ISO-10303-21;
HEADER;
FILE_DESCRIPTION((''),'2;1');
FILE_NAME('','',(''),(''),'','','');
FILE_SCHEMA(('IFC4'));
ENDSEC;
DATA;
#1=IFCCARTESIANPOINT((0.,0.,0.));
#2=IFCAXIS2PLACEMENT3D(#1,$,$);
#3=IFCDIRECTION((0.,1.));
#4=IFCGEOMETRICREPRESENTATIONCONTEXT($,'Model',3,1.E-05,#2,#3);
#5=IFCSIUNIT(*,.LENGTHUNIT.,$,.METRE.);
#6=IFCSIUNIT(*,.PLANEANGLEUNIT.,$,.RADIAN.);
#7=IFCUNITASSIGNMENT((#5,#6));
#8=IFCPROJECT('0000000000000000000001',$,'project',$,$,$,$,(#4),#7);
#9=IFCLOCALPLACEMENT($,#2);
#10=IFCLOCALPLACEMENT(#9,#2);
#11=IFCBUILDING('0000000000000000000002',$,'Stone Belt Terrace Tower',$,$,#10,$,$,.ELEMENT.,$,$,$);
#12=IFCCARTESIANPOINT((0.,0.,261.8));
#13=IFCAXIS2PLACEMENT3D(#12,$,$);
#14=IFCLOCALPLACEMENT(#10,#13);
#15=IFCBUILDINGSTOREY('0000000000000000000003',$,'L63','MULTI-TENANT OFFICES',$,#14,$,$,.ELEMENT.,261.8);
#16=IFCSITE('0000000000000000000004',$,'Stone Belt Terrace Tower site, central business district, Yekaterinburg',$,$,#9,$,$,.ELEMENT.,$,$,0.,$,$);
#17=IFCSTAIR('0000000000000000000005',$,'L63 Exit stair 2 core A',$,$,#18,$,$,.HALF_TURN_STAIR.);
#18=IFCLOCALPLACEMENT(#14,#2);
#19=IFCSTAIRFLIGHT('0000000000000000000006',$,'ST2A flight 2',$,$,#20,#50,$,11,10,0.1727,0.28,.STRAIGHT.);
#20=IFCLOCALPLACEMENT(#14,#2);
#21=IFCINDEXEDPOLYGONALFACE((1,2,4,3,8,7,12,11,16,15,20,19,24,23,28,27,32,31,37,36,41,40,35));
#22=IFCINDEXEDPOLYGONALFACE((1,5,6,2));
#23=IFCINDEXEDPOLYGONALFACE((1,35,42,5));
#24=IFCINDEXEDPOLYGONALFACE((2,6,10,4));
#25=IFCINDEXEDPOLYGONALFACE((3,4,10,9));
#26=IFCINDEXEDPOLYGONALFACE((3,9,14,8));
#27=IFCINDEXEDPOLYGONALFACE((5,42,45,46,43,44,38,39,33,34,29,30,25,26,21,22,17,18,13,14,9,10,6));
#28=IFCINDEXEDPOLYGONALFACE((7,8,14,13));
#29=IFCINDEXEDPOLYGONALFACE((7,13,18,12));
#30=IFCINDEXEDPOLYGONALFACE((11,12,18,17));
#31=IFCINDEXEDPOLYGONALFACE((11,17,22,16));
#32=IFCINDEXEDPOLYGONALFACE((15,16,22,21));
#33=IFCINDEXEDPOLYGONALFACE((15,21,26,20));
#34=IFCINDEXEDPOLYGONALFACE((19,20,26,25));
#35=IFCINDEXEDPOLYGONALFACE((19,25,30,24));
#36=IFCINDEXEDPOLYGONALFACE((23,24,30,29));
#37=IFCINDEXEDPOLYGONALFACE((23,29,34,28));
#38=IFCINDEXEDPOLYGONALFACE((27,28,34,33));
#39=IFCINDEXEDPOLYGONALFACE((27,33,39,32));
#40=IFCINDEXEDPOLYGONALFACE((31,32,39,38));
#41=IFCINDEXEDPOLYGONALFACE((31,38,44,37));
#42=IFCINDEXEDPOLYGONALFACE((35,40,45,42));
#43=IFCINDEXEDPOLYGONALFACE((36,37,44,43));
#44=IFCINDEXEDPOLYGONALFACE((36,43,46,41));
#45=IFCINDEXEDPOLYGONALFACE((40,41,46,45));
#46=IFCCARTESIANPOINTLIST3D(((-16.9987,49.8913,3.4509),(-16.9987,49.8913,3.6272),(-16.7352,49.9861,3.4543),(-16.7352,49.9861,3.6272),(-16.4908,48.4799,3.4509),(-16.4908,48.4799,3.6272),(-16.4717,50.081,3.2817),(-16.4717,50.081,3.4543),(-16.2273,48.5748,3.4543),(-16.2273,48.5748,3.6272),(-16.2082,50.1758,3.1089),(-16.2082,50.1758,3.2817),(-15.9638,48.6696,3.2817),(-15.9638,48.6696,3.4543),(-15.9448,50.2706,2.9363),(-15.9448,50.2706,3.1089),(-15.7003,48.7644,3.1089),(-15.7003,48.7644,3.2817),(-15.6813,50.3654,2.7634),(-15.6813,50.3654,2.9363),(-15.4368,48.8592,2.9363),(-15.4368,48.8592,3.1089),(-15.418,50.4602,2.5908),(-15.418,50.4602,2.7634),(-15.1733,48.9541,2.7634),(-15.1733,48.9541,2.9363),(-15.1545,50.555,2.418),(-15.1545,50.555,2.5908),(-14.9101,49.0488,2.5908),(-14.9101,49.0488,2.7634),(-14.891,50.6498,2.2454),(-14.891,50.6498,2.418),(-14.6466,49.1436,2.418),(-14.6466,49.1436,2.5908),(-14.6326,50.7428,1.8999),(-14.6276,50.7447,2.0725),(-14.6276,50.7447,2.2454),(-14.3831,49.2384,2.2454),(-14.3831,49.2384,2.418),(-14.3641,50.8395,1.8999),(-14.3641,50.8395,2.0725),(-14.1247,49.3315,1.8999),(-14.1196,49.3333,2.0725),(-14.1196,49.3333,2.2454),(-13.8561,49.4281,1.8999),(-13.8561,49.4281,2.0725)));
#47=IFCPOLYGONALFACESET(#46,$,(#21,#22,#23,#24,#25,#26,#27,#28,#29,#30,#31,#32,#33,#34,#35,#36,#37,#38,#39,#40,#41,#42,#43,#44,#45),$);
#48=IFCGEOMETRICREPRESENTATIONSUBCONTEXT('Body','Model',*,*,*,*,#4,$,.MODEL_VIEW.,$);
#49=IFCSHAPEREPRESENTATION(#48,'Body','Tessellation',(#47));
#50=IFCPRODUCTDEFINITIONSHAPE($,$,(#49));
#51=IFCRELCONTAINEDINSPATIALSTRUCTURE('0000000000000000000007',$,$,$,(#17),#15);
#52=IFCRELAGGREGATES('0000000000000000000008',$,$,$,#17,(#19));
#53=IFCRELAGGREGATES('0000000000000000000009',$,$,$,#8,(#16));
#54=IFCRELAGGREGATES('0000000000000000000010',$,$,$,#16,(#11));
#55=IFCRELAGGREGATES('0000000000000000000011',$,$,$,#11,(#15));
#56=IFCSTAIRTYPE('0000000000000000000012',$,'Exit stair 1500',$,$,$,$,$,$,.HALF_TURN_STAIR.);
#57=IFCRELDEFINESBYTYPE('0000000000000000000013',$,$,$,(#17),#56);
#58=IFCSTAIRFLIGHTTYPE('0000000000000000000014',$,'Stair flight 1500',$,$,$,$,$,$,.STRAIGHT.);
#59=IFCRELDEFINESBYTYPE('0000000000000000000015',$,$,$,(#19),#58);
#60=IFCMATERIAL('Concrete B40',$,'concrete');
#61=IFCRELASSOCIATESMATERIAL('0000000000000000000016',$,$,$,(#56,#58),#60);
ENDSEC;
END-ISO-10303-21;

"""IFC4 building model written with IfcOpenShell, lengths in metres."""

from ifc_helpers import new_model, si_unit, direction, frame, origin, place, context, subcontext, project, spatial, polyline, outline, extrude, material, type_object, element, aggregate, save


model = new_model("IFC4")

# Units and contexts
model_context = context("Model", 3, precision=1e-05, world=origin(), true_north=direction((0.0, 1.0)))
body_context = subcontext(model_context, "Body", "Model", "MODEL_VIEW")
ifc_project = project(units=[si_unit("LENGTHUNIT", "METRE"), si_unit("PLANEANGLEUNIT", "RADIAN")], contexts=[model_context])

# Site, building, storey
site_placement = place(None, origin())
site = spatial("IfcSite", under=ifc_project, at=site_placement, Name="Stone Belt Terrace Tower site, central business district, Yekaterinburg", CompositionType="ELEMENT", RefElevation=0.0)
building_placement = place(site_placement, origin())
building = spatial("IfcBuilding", under=site, at=building_placement, Name="Stone Belt Terrace Tower", CompositionType="ELEMENT")
storey_placement = place(building_placement, frame((0.0, 0.0, 261.8)))
storey = spatial("IfcBuildingStorey", under=building, at=storey_placement, Name="L63", Description="MULTI-TENANT OFFICES", CompositionType="ELEMENT", Elevation=261.8)

# Stair, stair flight
ifc_material_1 = material(Name="Concrete B40", Category="concrete")
stair_type = type_object("IfcStairType", Name="Exit stair 1500", PredefinedType="HALF_TURN_STAIR", material=ifc_material_1)
stair_placement = place(storey_placement, origin())
stair = element("IfcStair", 1, at=stair_placement, inside=storey, type_object=stair_type, Name="L63 Exit stair 2 core A", PredefinedType="HALF_TURN_STAIR")
stair_flight_type = type_object("IfcStairFlightType", Name="Stair flight 1500", PredefinedType="STRAIGHT", material=ifc_material_1)
stair_flight_1_placement = place(storey_placement, frame((-14.1101, 50.1338, 1.8999), z_axis=(0.0, 0.0, 1.0), x_axis=(-0.940922, -0.338624, 0.0)))
stair_flight_1 = element("IfcStairFlight", 2, at=stair_flight_1_placement, type_object=stair_flight_type, Name="ST2A flight 2", NumberOfRisers=11, NumberOfTreads=10, PredefinedType="STRAIGHT", RiserHeight=0.1727, TreadLength=0.28, context=body_context, shape_type="SweptSolid", body=[
    extrude(outline(polyline([(0.0, 0.0), (0.0, 0.1726), (0.28, 0.1726), (0.28, 0.3455), (0.5601, 0.3455), (0.5601, 0.5181), (0.8401, 0.5181), (0.8401, 0.6909), (1.1201, 0.6909), (1.1201, 0.8635), (1.3999, 0.8635), (1.3999, 1.0364), (1.6799, 1.0364), (1.6799, 1.209), (1.96, 1.209), (1.96, 1.3818), (2.24, 1.3818), (2.24, 1.5544), (2.52, 1.5544), (2.52, 1.7273), (2.8, 1.7273), (2.8, 1.8999), (2.8, 1.551), (0.2854, 0.0), (0.0, 0.0)])), frame((0.0, 0.75, 0.0), z_axis=(0.0, -1.0, 0.0), x_axis=(1.0, 0.0, 0.0)), (0.0, 0.0, 1.0), 1.5),
])
aggregate(stair, [stair_flight_1])

save(model, "model.ifc")
